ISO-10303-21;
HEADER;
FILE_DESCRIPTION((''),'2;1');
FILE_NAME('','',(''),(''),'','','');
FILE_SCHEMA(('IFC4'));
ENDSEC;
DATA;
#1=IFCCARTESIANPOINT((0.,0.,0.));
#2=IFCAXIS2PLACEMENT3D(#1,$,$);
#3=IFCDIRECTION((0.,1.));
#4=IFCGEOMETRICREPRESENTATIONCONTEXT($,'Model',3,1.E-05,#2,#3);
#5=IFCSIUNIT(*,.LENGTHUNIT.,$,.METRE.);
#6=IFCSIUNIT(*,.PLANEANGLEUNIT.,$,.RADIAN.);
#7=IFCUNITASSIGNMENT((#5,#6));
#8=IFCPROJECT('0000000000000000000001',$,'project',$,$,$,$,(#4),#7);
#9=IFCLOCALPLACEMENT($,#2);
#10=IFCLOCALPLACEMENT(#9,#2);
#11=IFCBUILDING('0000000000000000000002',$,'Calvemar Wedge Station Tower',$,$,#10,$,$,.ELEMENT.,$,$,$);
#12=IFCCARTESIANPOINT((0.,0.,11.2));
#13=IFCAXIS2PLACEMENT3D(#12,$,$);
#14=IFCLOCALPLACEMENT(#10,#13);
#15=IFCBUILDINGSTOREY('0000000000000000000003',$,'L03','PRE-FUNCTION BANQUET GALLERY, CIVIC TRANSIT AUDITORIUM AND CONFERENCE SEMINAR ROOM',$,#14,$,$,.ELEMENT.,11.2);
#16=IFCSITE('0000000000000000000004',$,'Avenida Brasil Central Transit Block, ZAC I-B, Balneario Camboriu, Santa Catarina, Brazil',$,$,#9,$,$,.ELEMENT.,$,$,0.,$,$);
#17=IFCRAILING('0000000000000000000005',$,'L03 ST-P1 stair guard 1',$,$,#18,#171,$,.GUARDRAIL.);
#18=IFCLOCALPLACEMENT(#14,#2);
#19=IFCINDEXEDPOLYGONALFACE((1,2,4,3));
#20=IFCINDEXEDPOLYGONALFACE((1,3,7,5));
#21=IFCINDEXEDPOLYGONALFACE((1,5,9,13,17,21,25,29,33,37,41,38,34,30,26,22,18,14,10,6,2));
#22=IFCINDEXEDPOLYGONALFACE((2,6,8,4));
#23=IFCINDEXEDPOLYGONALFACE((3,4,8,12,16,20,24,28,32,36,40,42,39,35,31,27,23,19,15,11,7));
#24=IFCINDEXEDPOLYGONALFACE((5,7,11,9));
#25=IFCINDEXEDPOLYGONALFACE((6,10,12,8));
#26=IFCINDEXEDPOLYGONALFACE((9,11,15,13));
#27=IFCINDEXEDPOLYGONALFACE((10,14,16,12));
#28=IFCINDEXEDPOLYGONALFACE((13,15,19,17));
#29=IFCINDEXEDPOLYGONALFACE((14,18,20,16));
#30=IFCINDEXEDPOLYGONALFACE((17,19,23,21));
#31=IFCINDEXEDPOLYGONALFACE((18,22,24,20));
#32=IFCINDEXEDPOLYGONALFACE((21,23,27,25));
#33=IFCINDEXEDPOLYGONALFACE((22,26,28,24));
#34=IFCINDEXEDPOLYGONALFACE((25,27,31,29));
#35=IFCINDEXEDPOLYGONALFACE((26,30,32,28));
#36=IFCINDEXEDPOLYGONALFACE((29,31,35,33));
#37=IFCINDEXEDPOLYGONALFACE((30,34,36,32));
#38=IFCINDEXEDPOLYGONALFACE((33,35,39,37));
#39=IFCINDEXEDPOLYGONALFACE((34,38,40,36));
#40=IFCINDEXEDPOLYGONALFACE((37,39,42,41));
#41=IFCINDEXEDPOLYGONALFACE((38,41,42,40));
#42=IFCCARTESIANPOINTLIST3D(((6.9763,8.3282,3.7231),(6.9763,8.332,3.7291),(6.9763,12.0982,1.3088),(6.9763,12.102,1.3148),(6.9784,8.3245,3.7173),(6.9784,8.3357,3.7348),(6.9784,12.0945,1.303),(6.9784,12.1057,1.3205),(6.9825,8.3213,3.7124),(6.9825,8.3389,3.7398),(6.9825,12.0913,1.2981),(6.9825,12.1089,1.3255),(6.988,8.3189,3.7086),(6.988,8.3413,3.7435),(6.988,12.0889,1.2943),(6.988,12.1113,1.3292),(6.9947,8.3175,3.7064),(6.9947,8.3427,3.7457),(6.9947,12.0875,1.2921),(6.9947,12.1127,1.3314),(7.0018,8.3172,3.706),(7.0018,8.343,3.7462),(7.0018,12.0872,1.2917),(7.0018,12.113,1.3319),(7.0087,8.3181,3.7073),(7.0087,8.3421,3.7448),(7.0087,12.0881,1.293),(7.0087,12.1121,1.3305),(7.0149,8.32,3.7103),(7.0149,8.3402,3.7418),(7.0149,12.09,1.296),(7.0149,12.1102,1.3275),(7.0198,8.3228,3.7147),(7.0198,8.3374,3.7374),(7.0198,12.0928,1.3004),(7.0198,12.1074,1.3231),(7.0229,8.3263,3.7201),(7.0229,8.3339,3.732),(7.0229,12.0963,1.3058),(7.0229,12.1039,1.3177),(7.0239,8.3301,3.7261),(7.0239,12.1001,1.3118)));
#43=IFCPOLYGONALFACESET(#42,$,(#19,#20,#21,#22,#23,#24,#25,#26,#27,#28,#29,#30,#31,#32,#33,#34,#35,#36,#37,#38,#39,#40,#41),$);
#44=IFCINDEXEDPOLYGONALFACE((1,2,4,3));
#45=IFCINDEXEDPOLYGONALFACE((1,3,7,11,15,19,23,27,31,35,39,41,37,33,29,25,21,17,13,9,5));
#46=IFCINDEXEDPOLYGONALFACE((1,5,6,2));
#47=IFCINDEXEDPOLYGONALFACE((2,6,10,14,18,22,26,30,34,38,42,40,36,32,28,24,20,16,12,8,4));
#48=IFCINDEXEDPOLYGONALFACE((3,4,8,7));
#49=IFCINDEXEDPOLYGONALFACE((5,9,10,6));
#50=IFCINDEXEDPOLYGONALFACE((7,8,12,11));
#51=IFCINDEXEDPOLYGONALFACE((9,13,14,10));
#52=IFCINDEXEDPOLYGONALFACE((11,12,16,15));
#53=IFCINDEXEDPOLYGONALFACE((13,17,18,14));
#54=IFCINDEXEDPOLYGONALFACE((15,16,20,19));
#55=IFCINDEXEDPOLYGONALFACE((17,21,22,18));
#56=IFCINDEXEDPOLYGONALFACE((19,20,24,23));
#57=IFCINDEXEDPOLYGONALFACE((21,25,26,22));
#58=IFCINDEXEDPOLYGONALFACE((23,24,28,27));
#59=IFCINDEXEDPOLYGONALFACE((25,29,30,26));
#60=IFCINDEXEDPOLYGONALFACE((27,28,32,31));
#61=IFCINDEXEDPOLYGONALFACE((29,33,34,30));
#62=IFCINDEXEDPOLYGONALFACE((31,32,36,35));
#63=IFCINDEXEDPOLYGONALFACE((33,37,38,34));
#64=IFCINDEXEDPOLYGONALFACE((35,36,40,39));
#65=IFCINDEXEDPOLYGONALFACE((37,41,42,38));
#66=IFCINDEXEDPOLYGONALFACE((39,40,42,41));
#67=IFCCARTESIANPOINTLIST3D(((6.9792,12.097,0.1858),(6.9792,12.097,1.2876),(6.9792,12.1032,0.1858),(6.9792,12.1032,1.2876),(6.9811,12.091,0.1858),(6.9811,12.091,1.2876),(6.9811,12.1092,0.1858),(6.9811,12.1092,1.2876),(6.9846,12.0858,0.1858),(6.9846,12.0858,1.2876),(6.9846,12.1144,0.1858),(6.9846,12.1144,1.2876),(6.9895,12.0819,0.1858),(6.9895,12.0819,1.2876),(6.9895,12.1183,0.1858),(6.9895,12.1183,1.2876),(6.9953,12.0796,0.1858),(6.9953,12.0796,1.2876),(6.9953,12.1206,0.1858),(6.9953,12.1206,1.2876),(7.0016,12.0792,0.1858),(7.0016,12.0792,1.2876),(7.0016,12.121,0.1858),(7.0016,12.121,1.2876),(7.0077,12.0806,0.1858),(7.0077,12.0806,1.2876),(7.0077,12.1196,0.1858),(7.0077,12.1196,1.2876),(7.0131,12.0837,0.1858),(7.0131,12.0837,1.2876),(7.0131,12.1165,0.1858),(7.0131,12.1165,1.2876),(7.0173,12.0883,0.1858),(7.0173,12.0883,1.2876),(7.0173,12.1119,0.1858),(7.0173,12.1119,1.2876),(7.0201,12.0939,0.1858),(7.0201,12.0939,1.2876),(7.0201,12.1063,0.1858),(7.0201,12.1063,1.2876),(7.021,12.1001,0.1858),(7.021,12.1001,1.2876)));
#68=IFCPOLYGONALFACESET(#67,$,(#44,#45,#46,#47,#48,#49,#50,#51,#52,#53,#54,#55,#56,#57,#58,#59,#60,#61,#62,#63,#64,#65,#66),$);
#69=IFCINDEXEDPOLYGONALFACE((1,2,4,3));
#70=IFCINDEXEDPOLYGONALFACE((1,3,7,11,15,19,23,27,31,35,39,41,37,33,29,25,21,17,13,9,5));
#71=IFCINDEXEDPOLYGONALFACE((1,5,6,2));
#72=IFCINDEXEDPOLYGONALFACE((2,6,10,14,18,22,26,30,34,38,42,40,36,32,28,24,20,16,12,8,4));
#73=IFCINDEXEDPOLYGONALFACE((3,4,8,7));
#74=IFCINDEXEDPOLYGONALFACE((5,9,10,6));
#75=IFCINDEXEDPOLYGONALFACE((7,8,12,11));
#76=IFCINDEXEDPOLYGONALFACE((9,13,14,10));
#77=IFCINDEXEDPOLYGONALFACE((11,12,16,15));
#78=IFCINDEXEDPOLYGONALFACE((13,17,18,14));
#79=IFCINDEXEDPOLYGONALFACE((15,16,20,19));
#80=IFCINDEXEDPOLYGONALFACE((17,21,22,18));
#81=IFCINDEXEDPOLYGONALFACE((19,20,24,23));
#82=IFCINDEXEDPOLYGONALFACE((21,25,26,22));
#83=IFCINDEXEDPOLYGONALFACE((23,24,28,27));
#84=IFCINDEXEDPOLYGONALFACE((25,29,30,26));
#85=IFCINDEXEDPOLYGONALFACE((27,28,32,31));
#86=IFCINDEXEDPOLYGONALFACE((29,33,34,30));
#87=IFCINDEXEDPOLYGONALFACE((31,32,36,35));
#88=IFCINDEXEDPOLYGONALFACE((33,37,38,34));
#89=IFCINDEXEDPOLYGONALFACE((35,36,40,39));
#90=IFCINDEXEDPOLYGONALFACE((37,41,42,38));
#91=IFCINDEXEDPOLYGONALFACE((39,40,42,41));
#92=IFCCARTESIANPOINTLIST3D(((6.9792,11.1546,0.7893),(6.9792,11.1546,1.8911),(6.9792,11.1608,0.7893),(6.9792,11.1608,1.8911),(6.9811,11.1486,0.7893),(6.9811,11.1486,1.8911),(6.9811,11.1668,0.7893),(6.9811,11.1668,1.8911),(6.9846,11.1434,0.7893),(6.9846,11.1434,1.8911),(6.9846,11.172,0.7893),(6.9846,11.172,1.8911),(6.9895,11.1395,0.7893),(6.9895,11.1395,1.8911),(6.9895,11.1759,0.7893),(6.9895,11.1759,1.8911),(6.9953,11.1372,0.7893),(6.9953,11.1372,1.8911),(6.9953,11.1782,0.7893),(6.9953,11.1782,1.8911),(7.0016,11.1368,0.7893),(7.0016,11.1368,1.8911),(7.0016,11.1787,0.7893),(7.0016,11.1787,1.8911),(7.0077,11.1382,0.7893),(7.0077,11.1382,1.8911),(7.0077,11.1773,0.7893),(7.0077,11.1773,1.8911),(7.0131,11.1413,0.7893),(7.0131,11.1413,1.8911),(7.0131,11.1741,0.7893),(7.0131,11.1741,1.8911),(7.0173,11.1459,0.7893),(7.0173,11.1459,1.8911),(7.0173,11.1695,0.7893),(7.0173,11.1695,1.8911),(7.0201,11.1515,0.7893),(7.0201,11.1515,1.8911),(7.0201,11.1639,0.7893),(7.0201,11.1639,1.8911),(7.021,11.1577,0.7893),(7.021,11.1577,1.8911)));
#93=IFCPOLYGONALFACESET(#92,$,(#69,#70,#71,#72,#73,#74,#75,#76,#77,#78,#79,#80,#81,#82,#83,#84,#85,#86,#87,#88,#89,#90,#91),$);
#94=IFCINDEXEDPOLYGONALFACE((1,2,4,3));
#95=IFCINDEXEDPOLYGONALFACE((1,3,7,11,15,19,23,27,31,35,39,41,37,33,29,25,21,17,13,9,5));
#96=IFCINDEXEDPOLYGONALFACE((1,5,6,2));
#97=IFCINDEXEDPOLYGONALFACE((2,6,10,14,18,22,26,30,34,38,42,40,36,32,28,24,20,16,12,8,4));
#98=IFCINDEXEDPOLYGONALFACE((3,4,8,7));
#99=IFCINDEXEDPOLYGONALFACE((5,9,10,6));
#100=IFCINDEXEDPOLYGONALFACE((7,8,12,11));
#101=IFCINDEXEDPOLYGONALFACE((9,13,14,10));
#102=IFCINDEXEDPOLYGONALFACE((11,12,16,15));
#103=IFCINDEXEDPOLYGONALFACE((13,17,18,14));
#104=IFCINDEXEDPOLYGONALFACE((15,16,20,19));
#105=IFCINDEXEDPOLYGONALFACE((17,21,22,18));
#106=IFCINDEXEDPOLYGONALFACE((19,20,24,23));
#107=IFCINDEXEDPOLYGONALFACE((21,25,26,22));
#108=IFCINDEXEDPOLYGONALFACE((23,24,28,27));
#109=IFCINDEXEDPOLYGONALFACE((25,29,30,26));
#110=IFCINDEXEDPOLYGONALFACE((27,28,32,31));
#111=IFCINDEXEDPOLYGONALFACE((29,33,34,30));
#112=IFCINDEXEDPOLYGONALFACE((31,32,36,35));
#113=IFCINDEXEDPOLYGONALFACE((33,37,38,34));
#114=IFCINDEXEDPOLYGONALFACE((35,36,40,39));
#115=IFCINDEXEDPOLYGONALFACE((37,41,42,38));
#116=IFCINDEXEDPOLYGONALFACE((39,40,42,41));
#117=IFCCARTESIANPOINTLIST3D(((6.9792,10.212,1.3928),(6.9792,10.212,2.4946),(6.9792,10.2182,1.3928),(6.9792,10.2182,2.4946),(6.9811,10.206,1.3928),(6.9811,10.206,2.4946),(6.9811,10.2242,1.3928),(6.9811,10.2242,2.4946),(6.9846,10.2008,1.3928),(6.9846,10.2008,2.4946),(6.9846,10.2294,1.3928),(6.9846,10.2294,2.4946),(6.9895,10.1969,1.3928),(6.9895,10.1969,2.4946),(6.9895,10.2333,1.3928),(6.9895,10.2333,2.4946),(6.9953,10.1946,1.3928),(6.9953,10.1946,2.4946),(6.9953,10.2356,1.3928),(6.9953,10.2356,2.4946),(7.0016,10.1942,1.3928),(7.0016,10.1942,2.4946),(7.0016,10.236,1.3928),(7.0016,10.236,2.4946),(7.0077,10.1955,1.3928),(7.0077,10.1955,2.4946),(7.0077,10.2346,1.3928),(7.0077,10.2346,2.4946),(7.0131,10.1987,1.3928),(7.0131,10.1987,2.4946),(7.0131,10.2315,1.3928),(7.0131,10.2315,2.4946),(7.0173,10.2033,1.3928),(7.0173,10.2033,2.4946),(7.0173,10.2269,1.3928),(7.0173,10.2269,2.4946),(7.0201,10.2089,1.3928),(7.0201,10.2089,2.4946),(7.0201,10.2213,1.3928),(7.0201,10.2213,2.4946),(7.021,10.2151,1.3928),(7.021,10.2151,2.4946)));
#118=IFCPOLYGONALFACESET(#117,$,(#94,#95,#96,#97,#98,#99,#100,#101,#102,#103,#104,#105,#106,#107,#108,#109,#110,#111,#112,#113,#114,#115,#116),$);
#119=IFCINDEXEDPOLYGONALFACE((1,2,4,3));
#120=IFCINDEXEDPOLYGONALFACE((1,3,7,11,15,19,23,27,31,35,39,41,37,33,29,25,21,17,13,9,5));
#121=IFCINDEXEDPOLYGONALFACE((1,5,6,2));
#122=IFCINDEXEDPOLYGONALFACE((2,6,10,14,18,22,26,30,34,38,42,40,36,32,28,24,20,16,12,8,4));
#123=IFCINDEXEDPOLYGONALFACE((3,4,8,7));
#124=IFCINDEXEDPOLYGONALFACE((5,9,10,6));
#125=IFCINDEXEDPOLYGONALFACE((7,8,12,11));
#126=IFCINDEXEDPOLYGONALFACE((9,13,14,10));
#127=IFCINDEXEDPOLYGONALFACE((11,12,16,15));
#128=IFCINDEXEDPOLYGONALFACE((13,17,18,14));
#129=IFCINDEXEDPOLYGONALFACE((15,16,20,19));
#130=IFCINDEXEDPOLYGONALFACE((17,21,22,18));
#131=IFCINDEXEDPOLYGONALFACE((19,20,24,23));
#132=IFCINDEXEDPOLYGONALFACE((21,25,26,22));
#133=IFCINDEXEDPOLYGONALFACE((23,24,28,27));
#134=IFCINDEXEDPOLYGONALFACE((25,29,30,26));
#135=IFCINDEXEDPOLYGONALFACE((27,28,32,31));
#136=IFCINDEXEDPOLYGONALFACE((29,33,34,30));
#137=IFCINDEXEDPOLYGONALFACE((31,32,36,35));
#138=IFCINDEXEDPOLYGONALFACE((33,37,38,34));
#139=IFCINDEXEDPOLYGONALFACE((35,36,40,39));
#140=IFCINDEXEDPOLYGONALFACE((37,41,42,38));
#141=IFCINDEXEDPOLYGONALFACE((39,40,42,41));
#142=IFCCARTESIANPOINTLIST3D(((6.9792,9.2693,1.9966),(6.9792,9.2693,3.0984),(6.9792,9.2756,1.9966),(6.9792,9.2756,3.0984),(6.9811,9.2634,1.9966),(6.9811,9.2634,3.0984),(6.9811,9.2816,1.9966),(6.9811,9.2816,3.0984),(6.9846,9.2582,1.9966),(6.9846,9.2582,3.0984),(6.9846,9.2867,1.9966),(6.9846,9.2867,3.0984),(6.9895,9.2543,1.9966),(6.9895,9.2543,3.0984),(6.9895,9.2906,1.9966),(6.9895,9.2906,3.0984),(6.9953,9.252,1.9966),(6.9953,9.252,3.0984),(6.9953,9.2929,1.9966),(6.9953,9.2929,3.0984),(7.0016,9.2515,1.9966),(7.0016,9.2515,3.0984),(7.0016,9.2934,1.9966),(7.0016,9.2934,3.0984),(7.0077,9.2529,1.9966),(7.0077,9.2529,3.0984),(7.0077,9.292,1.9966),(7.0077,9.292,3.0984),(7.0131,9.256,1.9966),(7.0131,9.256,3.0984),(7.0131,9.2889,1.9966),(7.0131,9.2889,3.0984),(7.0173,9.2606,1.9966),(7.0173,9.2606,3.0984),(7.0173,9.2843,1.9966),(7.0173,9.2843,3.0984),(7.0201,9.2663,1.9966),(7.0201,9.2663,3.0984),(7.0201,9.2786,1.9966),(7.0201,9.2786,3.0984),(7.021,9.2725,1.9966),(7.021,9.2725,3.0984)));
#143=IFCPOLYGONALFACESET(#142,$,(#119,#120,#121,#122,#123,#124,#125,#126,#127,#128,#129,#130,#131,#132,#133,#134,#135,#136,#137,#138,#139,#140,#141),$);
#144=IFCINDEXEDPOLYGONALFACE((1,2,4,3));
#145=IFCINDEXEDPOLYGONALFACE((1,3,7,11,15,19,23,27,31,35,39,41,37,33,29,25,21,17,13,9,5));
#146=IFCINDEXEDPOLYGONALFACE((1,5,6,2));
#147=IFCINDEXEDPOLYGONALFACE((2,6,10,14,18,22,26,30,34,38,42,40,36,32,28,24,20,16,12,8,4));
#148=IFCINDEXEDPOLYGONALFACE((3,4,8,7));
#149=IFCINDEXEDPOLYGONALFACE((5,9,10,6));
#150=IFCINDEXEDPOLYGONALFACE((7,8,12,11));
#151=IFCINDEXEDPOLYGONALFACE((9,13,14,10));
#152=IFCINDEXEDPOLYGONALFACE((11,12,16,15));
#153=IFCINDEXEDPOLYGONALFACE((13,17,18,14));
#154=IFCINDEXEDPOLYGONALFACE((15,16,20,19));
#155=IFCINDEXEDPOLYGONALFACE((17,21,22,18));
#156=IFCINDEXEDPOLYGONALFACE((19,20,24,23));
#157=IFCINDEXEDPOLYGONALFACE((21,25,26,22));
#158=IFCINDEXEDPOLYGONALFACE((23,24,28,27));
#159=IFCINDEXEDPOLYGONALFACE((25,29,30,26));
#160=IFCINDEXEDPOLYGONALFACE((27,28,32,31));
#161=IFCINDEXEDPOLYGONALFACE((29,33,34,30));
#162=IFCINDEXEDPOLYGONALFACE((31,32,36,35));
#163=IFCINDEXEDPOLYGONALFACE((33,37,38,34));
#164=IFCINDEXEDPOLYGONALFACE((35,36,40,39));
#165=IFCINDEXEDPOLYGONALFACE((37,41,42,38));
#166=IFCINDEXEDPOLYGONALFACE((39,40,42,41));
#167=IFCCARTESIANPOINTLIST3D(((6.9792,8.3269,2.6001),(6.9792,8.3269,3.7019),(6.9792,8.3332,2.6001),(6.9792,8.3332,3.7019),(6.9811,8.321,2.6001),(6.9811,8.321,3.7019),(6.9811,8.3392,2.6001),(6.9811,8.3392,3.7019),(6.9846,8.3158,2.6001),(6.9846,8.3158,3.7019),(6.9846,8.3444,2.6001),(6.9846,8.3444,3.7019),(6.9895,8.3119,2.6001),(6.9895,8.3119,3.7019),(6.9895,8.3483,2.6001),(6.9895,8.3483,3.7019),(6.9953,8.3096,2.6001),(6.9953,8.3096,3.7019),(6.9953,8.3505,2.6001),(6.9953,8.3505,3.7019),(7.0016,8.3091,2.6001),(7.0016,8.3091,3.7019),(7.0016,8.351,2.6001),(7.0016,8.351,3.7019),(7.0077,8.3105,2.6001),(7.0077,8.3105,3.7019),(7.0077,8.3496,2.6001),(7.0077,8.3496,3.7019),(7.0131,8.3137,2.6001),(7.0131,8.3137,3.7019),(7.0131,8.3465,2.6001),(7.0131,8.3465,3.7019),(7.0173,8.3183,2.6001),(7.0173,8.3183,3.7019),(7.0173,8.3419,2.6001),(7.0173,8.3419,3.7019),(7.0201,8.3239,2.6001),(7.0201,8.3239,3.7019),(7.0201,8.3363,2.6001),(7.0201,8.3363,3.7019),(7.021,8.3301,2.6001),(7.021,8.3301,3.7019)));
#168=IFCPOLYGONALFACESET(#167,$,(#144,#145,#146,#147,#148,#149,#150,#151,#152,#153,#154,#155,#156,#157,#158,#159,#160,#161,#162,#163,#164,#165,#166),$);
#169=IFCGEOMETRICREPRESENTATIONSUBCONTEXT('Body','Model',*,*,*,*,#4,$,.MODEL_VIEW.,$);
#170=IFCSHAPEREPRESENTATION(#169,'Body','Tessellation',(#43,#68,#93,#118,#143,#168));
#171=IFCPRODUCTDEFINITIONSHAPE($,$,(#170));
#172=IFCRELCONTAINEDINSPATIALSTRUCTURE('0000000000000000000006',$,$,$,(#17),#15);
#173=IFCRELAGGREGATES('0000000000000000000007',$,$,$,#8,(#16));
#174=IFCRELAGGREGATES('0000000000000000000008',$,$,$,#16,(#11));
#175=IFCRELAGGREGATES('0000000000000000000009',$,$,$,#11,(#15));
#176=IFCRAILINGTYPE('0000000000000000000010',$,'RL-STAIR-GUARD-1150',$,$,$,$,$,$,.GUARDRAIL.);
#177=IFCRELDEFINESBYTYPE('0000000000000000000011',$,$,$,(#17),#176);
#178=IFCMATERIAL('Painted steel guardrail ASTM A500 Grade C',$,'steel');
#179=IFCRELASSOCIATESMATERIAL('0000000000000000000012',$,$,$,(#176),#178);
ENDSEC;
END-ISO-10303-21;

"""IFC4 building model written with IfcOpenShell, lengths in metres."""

from ifc_helpers import new_model, si_unit, direction, frame, origin, origin_2d, place, context, subcontext, project, spatial, circle, extrude, material, type_object, element, save


model = new_model("IFC4")

# Units and contexts
model_context = context("Model", 3, precision=1e-05, world=origin(), true_north=direction((0.0, 1.0)))
body_context = subcontext(model_context, "Body", "Model", "MODEL_VIEW")
ifc_project = project(units=[si_unit("LENGTHUNIT", "METRE"), si_unit("PLANEANGLEUNIT", "RADIAN")], contexts=[model_context])

# Site, building, storey
site_placement = place(None, origin())
site = spatial("IfcSite", under=ifc_project, at=site_placement, Name="Avenida Brasil Central Transit Block, ZAC I-B, Balneario Camboriu, Santa Catarina, Brazil", CompositionType="ELEMENT", RefElevation=0.0)
building_placement = place(site_placement, origin())
building = spatial("IfcBuilding", under=site, at=building_placement, Name="Calvemar Wedge Station Tower", CompositionType="ELEMENT")
storey_placement = place(building_placement, frame((0.0, 0.0, 11.2)))
storey = spatial("IfcBuildingStorey", under=building, at=storey_placement, Name="L03", Description="PRE-FUNCTION BANQUET GALLERY, CIVIC TRANSIT AUDITORIUM AND CONFERENCE SEMINAR ROOM", CompositionType="ELEMENT", Elevation=11.2)

# Railing
ifc_material_1 = material(Name="Painted steel guardrail ASTM A500 Grade C", Category="steel")
railing_type_1 = type_object("IfcRailingType", Name="RL-STAIR-GUARD-1150", PredefinedType="GUARDRAIL", material=ifc_material_1)
railing_1_placement = place(storey_placement, frame((7.0, 12.1001, 0.1858)))
element("IfcRailing", 1, at=railing_1_placement, inside=storey, type_object=railing_type_1, Name="L03 ST-P1 stair guard 1", PredefinedType="GUARDRAIL", context=body_context, shape_type="SweptSolid", body=[
    extrude(circle(Radius=0.0239, at=origin_2d()), frame((0.0, 0.0, 1.126), z_axis=(0.0, -0.84212, 0.53929), x_axis=(1.0, 0.0, 0.0)), (0.0, 0.0, 1.0), 4.4768),
    extrude(circle(Radius=0.021, at=origin_2d()), origin(), (0.0, 0.0, 1.0), 1.1018),
    extrude(circle(Radius=0.021, at=origin_2d()), frame((0.0, -0.9424, 0.6035)), (0.0, 0.0, 1.0), 1.1018),
    extrude(circle(Radius=0.021, at=origin_2d()), frame((0.0, -1.885, 1.207)), (0.0, 0.0, 1.0), 1.1018),
    extrude(circle(Radius=0.021, at=origin_2d()), frame((0.0, -2.8276, 1.8108)), (0.0, 0.0, 1.0), 1.1018),
    extrude(circle(Radius=0.021, at=origin_2d()), frame((0.0, -3.77, 2.4143)), (0.0, 0.0, 1.0), 1.1018),
])

save(model, "model.ifc")
